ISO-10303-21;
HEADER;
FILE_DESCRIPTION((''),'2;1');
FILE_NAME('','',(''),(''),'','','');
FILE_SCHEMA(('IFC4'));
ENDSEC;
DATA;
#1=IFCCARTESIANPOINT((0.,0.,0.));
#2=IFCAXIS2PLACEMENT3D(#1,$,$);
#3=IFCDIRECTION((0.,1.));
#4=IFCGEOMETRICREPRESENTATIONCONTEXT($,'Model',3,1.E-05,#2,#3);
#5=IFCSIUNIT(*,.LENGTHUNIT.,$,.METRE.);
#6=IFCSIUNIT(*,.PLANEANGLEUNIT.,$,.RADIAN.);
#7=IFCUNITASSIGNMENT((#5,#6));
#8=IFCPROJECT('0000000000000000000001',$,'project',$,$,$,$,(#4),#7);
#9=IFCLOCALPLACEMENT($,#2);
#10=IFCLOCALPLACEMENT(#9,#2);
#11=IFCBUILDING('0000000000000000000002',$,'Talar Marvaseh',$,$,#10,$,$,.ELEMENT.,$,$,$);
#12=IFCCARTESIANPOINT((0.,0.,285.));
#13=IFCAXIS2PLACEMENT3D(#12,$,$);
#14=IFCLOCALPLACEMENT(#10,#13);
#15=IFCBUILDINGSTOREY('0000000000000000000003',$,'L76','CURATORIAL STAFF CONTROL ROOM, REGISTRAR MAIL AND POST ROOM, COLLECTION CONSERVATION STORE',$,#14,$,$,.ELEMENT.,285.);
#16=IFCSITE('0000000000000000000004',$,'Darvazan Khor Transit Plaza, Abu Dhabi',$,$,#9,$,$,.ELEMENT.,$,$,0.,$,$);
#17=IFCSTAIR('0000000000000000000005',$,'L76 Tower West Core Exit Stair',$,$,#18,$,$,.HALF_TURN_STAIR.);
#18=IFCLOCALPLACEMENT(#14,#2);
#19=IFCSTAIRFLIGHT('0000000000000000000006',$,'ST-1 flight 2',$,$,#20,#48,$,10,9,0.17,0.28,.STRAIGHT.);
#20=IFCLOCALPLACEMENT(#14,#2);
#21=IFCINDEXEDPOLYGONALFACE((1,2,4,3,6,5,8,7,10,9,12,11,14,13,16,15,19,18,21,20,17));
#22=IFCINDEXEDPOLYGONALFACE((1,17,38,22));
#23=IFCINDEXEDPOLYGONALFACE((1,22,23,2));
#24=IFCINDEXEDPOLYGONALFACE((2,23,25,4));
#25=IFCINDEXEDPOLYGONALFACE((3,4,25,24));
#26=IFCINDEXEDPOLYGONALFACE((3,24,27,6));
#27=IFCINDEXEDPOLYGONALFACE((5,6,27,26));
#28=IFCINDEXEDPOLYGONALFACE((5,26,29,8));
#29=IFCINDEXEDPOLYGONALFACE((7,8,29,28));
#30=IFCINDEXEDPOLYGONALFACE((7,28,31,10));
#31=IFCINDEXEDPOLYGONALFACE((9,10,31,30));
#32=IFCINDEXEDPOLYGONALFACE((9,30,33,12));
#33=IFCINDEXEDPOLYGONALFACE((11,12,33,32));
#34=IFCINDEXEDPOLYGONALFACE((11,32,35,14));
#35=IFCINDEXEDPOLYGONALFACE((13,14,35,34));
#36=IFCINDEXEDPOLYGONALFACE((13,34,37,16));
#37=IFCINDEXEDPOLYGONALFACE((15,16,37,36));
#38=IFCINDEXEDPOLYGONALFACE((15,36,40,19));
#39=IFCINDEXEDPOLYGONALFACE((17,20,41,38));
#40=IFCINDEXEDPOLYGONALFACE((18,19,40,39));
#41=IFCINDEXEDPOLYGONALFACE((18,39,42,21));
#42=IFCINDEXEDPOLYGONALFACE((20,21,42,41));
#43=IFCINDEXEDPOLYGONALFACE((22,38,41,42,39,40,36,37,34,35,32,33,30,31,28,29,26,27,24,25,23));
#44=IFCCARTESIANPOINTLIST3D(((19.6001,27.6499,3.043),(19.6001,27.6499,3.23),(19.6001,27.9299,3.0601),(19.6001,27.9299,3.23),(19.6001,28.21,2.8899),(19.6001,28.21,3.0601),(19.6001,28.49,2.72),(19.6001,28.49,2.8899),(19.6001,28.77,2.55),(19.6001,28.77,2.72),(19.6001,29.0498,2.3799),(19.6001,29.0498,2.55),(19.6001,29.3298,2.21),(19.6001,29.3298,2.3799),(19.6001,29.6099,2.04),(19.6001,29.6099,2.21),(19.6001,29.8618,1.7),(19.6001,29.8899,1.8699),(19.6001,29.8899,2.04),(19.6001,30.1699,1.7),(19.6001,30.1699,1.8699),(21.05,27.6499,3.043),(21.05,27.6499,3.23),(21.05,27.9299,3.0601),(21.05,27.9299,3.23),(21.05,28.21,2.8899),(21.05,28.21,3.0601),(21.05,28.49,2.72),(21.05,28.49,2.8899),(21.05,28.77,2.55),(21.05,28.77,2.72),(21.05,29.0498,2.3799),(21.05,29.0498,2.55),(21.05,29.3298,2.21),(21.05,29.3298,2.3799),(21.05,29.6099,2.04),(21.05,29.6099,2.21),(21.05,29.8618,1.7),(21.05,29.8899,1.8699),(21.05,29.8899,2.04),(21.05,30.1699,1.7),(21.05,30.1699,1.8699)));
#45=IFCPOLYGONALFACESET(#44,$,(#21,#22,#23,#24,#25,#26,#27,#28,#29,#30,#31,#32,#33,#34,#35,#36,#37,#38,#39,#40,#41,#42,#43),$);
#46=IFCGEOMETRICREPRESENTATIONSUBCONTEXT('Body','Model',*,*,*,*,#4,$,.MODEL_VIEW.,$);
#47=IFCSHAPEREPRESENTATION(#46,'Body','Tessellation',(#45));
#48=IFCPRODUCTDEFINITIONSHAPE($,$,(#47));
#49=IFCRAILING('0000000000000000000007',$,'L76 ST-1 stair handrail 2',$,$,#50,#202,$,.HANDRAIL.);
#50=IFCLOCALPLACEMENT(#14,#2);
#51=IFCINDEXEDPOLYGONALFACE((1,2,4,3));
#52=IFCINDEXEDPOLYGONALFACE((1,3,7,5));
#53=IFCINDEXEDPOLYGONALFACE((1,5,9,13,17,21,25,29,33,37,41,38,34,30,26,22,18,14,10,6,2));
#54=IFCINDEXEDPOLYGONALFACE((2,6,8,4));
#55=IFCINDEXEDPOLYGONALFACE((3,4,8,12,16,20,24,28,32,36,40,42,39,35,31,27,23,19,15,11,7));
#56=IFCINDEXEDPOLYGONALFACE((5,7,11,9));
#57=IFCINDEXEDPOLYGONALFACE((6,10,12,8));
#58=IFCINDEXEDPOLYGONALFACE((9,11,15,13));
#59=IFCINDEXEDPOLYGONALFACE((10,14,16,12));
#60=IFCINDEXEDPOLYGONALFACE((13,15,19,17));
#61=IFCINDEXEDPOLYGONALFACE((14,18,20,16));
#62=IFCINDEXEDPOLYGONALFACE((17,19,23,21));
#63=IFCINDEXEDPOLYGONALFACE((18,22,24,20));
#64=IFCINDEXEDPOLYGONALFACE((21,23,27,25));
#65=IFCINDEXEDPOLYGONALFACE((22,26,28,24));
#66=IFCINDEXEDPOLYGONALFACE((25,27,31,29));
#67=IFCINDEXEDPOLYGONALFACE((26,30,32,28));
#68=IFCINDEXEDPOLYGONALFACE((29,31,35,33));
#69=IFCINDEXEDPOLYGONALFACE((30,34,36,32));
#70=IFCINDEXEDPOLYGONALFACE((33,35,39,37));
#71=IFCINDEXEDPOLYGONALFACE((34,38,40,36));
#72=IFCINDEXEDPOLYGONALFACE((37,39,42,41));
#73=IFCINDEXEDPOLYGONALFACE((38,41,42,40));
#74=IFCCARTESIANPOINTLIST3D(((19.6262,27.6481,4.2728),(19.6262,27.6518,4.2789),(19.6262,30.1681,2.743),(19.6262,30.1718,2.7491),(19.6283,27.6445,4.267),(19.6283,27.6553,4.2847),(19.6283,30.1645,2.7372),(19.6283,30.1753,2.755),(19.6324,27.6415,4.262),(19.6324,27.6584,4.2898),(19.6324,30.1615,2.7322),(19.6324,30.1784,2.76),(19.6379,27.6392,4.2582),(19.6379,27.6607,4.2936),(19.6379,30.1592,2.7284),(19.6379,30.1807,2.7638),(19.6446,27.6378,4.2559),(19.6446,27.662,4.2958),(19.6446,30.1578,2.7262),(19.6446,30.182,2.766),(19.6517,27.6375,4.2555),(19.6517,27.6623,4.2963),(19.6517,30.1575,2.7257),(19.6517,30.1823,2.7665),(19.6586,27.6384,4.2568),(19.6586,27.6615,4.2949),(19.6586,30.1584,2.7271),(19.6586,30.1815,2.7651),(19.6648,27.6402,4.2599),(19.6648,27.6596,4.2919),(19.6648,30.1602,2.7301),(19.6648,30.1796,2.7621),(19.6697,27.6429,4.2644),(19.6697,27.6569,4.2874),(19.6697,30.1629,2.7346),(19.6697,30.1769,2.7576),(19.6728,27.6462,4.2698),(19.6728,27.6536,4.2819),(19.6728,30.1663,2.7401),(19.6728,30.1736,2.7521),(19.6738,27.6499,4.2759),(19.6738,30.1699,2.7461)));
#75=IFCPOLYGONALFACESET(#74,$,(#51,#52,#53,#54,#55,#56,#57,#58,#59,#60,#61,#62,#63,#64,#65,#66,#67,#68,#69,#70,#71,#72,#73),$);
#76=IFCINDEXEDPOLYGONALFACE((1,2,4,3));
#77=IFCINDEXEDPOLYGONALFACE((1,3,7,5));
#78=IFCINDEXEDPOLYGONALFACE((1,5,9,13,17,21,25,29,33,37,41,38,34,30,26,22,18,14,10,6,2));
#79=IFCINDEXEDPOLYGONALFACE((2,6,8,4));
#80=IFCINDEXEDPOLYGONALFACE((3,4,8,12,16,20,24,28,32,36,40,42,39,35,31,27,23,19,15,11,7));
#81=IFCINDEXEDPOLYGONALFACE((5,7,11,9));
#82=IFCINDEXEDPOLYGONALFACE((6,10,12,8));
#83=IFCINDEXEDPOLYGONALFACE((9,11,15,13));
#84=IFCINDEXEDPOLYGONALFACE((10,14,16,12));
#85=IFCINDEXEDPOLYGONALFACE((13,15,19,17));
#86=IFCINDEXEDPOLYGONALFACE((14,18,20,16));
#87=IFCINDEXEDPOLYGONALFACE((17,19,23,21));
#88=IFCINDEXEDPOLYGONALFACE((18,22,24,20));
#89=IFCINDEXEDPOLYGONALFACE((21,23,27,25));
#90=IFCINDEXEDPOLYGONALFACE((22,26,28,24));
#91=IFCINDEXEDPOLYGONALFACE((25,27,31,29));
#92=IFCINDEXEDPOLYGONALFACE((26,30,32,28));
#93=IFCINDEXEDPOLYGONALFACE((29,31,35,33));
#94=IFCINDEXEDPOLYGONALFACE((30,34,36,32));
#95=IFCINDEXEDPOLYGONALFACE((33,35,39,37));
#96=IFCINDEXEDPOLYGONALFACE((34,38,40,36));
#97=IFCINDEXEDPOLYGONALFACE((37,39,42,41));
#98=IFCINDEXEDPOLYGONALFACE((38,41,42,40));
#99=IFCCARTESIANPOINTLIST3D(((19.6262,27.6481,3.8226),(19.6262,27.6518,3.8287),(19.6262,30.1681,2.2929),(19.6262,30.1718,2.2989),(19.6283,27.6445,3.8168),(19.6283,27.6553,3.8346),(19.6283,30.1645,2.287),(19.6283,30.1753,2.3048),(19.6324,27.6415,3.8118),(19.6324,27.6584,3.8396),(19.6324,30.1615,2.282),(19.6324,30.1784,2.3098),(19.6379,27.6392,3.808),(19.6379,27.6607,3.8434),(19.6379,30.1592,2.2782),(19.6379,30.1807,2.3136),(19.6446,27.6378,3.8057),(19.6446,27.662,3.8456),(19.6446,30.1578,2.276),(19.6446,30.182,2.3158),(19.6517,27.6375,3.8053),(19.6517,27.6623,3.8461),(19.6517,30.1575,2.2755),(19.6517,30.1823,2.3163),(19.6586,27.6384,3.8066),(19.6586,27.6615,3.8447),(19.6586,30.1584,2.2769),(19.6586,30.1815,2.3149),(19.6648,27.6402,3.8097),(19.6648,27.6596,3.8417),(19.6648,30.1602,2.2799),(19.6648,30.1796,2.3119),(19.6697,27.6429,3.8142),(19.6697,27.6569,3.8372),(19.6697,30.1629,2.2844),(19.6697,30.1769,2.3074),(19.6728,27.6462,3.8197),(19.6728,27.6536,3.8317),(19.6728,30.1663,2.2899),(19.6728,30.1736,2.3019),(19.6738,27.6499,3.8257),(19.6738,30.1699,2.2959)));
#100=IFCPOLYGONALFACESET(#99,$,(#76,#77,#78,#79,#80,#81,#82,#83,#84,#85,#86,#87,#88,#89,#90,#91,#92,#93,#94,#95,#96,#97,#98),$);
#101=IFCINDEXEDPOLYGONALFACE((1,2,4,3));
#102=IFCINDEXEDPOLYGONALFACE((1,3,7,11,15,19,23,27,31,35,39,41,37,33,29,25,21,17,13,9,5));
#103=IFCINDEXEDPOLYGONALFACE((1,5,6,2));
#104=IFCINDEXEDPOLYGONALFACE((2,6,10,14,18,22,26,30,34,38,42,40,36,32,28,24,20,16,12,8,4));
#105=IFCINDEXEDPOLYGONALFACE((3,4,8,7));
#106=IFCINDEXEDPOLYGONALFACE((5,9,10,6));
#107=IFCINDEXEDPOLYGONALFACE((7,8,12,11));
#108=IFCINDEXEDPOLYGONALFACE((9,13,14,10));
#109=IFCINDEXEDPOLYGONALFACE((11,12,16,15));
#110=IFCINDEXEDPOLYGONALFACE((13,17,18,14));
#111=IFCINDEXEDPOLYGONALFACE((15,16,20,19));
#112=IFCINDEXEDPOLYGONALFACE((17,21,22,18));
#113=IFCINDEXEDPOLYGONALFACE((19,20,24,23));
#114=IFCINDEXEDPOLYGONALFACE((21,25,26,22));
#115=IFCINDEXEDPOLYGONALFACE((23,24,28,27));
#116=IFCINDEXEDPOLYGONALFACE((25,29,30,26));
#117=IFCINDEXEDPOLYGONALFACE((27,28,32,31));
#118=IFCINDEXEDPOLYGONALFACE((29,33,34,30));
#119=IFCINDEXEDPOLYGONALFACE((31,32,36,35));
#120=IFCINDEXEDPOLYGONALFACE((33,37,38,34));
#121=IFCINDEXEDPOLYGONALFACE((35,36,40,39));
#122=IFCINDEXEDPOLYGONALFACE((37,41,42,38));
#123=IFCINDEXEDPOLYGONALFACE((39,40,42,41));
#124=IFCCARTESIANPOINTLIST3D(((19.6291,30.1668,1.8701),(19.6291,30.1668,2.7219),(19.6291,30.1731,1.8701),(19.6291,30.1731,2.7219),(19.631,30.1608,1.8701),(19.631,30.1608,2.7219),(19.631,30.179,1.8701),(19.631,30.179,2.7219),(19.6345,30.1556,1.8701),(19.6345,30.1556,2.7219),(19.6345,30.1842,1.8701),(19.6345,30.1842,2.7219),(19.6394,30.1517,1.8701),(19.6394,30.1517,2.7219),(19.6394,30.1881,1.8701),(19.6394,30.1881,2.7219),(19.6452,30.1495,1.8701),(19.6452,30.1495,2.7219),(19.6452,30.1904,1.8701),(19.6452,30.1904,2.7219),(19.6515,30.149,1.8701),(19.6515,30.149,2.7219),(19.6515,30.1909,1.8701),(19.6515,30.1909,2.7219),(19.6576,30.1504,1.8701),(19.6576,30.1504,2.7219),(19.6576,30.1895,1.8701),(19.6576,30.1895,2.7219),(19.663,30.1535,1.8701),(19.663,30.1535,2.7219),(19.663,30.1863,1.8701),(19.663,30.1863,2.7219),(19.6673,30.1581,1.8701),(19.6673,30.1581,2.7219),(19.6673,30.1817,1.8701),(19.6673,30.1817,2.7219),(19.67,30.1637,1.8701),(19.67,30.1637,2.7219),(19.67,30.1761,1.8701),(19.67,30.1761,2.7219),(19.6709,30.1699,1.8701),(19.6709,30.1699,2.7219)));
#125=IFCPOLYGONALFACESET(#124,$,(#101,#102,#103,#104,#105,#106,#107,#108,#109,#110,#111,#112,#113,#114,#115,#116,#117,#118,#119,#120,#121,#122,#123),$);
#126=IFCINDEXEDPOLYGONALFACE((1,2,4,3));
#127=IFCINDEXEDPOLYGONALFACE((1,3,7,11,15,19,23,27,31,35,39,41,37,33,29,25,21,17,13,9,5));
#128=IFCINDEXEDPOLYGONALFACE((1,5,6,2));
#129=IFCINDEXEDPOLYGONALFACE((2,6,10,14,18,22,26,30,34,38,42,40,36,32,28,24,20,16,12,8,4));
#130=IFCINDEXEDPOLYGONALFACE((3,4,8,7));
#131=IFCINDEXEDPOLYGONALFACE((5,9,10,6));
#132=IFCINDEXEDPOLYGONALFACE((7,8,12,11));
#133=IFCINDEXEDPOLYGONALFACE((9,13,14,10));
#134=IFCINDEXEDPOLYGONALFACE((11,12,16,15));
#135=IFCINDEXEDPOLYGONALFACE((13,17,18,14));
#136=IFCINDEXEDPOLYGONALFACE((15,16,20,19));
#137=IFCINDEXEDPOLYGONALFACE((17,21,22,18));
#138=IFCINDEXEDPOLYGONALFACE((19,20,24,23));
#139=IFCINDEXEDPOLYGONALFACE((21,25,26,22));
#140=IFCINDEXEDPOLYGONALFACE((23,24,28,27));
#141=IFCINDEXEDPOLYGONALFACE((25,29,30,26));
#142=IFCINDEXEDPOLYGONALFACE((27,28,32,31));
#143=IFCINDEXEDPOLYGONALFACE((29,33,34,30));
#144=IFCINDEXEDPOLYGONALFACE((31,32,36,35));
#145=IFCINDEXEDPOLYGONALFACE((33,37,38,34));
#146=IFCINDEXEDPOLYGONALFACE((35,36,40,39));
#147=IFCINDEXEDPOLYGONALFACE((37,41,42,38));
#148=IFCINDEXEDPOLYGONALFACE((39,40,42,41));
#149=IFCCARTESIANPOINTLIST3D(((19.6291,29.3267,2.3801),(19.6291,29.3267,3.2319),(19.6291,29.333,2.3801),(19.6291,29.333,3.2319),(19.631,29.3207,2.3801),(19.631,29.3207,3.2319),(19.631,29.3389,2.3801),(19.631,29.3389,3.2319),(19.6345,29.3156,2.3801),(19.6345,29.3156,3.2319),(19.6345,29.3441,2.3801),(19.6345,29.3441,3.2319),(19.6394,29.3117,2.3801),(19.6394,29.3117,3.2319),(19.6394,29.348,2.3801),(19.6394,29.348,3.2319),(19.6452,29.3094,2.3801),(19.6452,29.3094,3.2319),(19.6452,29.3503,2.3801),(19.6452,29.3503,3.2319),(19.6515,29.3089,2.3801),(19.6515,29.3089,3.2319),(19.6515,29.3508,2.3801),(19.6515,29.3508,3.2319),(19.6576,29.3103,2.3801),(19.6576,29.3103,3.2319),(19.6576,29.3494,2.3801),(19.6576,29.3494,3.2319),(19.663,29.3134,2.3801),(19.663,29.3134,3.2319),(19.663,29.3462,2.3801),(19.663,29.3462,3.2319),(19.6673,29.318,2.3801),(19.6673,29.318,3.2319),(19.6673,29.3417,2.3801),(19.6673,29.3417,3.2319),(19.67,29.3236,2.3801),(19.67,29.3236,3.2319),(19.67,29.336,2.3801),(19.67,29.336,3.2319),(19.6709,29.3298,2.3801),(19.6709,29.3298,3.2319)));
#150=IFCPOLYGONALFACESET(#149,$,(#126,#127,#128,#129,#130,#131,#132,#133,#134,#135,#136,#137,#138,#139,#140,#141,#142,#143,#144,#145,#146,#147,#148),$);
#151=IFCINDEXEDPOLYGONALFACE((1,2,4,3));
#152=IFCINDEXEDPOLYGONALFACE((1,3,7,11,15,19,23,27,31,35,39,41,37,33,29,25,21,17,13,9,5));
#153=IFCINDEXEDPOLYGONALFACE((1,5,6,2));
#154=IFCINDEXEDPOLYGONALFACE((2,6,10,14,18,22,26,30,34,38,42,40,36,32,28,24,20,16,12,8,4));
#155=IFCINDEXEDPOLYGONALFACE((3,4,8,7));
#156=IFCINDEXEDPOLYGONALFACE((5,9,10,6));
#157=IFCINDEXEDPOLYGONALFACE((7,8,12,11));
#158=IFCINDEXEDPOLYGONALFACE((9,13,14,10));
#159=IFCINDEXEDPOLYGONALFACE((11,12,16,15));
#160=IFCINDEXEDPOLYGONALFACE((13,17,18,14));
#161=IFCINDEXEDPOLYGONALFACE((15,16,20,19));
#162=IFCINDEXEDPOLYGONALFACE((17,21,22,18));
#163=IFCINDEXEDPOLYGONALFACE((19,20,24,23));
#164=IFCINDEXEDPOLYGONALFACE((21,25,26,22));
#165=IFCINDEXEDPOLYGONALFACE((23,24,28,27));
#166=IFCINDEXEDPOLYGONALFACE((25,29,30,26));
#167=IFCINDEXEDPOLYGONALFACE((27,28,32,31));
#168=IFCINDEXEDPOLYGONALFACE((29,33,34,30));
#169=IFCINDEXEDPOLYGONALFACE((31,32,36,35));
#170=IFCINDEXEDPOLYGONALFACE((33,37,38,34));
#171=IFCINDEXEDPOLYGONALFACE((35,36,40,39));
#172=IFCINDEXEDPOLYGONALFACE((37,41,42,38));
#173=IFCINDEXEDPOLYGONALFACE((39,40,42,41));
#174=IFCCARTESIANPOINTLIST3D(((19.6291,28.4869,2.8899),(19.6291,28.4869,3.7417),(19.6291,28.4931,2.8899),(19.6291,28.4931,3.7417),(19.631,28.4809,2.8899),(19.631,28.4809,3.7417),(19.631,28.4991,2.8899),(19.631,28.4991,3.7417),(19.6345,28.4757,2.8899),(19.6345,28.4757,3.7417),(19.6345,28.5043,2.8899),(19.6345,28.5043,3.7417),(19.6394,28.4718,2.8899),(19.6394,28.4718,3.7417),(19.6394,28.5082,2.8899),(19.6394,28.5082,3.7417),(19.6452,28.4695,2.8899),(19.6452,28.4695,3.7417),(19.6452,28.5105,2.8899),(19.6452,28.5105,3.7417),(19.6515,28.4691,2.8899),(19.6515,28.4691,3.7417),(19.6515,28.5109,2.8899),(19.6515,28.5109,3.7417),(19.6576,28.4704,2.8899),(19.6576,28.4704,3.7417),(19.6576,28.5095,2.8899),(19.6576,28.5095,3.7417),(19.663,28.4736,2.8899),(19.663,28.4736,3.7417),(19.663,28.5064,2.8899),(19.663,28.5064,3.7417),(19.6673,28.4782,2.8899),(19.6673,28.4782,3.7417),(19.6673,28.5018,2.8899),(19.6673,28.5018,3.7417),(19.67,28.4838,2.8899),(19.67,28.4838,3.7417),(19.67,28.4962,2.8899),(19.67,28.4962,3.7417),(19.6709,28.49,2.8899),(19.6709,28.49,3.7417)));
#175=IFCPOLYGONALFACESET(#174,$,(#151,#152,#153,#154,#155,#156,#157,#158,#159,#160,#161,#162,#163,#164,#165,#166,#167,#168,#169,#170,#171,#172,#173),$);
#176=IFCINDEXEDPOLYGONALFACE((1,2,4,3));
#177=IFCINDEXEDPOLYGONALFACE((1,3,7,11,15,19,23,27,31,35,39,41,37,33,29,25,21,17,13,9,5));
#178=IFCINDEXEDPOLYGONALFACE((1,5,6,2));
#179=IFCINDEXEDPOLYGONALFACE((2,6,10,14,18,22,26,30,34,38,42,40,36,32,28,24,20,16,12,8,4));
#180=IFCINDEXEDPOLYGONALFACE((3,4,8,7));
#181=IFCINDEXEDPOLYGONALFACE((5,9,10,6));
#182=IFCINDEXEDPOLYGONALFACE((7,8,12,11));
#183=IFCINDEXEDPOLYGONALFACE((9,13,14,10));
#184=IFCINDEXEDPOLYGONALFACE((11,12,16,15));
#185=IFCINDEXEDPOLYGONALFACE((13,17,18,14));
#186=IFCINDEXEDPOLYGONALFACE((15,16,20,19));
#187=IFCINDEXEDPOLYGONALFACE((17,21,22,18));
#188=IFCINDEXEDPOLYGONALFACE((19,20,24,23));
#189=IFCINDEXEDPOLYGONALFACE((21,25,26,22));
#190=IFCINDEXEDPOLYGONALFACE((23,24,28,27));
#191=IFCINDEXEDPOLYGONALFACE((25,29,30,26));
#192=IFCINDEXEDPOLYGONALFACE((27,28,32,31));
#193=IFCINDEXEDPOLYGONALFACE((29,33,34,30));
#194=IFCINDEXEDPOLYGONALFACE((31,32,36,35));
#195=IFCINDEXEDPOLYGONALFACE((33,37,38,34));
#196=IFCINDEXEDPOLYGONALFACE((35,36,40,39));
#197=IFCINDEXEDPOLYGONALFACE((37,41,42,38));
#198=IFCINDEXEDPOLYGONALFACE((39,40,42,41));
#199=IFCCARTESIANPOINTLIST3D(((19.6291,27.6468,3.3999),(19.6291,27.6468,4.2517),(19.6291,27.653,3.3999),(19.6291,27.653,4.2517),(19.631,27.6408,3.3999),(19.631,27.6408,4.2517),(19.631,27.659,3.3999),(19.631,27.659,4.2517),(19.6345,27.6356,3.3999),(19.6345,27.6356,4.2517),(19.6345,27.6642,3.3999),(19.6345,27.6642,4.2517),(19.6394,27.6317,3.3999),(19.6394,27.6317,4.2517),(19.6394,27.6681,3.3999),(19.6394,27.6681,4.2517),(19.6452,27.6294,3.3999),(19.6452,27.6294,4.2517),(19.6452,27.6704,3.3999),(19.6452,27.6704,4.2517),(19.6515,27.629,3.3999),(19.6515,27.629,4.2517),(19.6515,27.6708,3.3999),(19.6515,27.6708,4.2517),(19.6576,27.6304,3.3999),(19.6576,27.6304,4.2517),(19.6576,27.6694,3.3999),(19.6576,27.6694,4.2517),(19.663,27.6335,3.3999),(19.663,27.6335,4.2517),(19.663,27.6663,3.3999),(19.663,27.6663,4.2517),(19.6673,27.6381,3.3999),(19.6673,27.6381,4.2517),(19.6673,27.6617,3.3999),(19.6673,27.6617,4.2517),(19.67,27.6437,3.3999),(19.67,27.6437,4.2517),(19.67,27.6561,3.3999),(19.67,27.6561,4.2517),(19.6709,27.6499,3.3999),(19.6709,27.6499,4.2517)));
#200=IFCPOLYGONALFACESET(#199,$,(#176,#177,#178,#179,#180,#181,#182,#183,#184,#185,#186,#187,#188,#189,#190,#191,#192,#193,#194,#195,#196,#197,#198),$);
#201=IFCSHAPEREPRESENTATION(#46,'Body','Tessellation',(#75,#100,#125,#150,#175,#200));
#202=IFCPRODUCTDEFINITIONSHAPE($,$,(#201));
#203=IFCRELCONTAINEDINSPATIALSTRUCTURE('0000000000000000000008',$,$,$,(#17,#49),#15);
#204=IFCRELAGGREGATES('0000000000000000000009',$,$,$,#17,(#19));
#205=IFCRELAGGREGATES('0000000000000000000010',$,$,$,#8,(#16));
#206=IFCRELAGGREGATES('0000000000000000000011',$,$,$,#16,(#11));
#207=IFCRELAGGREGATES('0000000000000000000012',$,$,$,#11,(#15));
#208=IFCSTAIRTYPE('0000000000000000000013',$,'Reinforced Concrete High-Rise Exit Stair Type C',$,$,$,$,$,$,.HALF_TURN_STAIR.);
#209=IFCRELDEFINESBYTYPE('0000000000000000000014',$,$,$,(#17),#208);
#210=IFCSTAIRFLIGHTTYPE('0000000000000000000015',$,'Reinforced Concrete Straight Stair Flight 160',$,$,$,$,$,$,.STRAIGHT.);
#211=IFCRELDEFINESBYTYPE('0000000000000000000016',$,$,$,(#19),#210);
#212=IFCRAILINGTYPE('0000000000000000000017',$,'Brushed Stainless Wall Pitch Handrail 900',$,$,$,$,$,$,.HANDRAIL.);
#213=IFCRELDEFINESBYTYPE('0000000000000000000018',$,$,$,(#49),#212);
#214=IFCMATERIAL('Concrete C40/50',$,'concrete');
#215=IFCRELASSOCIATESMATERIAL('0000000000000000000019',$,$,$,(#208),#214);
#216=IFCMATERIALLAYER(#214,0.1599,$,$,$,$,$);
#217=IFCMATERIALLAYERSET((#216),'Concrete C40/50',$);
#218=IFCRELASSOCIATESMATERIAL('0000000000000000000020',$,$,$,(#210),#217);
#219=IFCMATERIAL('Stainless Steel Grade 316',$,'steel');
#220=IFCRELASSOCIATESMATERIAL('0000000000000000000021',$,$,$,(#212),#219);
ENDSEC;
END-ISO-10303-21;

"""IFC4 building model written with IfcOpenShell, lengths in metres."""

from ifc_helpers import new_model, si_unit, direction, frame, origin, origin_2d, place, context, subcontext, project, spatial, polyline, circle, outline, extrude, material, layer, layer_set, type_object, element, aggregate, save


model = new_model("IFC4")

# Units and contexts
model_context = context("Model", 3, precision=1e-05, world=origin(), true_north=direction((0.0, 1.0)))
body_context = subcontext(model_context, "Body", "Model", "MODEL_VIEW")
ifc_project = project(units=[si_unit("LENGTHUNIT", "METRE"), si_unit("PLANEANGLEUNIT", "RADIAN")], contexts=[model_context])

# Site, building, storey
site_placement = place(None, origin())
site = spatial("IfcSite", under=ifc_project, at=site_placement, Name="Darvazan Khor Transit Plaza, Abu Dhabi", CompositionType="ELEMENT", RefElevation=0.0)
building_placement = place(site_placement, origin())
building = spatial("IfcBuilding", under=site, at=building_placement, Name="Talar Marvaseh", CompositionType="ELEMENT")
storey_placement = place(building_placement, frame((0.0, 0.0, 285.0)))
storey = spatial("IfcBuildingStorey", under=building, at=storey_placement, Name="L76", Description="CURATORIAL STAFF CONTROL ROOM, REGISTRAR MAIL AND POST ROOM, COLLECTION CONSERVATION STORE", CompositionType="ELEMENT", Elevation=285.0)

# Stair, stair flight
ifc_material_1 = material(Name="Concrete C40/50", Category="concrete")
stair_type = type_object("IfcStairType", Name="Reinforced Concrete High-Rise Exit Stair Type C", PredefinedType="HALF_TURN_STAIR", material=ifc_material_1)
stair_placement = place(storey_placement, origin())
stair = element("IfcStair", 1, at=stair_placement, inside=storey, type_object=stair_type, Name="L76 Tower West Core Exit Stair", PredefinedType="HALF_TURN_STAIR")
ifc_layer_1 = layer(ifc_material_1, 0.1599)
ifc_layer_set_1 = layer_set([ifc_layer_1], Name="Concrete C40/50")
stair_flight_type = type_object("IfcStairFlightType", Name="Reinforced Concrete Straight Stair Flight 160", PredefinedType="STRAIGHT", material=ifc_layer_set_1)
stair_flight_1_placement = place(storey_placement, frame((20.325, 30.1699, 1.7), z_axis=(0.0, 0.0, 1.0), x_axis=(0.0, -1.0, 0.0)))
stair_flight_1 = element("IfcStairFlight", 2, at=stair_flight_1_placement, type_object=stair_flight_type, Name="ST-1 flight 2", NumberOfRisers=10, NumberOfTreads=9, PredefinedType="STRAIGHT", RiserHeight=0.17, TreadLength=0.28, context=body_context, shape_type="SweptSolid", body=[
    extrude(outline(polyline([(0.0, 0.0), (0.0, 0.1699), (0.28, 0.1699), (0.28, 0.3401), (0.5601, 0.3401), (0.5601, 0.51), (0.8401, 0.51), (0.8401, 0.6799), (1.1201, 0.6799), (1.1201, 0.8501), (1.3999, 0.8501), (1.3999, 1.02), (1.6799, 1.02), (1.6799, 1.1899), (1.96, 1.1899), (1.96, 1.3601), (2.24, 1.3601), (2.24, 1.53), (2.52, 1.53), (2.52, 1.7), (2.52, 1.343), (0.3081, 0.0), (0.0, 0.0)])), frame((0.0, 0.7251, 0.0), z_axis=(0.0, -1.0, 0.0), x_axis=(1.0, 0.0, 0.0)), (0.0, 0.0, 1.0), 1.45),
])
aggregate(stair, [stair_flight_1])

# Railing
ifc_material_2 = material(Name="Stainless Steel Grade 316", Category="steel")
railing_type_1 = type_object("IfcRailingType", Name="Brushed Stainless Wall Pitch Handrail 900", PredefinedType="HANDRAIL", material=ifc_material_2)
railing_1_placement = place(storey_placement, frame((19.6499, 30.1699, 1.8701)))
element("IfcRailing", 3, at=railing_1_placement, inside=storey, type_object=railing_type_1, Name="L76 ST-1 stair handrail 2", PredefinedType="HANDRAIL", context=body_context, shape_type="SweptSolid", body=[
    extrude(circle(Radius=0.0239, at=origin_2d()), frame((0.0, 0.0, 0.876), z_axis=(0.0, -0.854822, 0.518922), x_axis=(1.0, 0.0, 0.0)), (0.0, 0.0, 1.0), 2.948),
    extrude(circle(Radius=0.0239, at=origin_2d()), frame((0.0, 0.0, 0.4258), z_axis=(0.0, -0.854822, 0.518922), x_axis=(1.0, 0.0, 0.0)), (0.0, 0.0, 1.0), 2.948),
    extrude(circle(Radius=0.021, at=origin_2d()), origin(), (0.0, 0.0, 1.0), 0.8518),
    extrude(circle(Radius=0.021, at=origin_2d()), frame((0.0, -0.8401, 0.51)), (0.0, 0.0, 1.0), 0.8518),
    extrude(circle(Radius=0.021, at=origin_2d()), frame((0.0, -1.6799, 1.0198)), (0.0, 0.0, 1.0), 0.8518),
    extrude(circle(Radius=0.021, at=origin_2d()), frame((0.0, -2.52, 1.5298)), (0.0, 0.0, 1.0), 0.8518),
])

save(model, "model.ifc")
